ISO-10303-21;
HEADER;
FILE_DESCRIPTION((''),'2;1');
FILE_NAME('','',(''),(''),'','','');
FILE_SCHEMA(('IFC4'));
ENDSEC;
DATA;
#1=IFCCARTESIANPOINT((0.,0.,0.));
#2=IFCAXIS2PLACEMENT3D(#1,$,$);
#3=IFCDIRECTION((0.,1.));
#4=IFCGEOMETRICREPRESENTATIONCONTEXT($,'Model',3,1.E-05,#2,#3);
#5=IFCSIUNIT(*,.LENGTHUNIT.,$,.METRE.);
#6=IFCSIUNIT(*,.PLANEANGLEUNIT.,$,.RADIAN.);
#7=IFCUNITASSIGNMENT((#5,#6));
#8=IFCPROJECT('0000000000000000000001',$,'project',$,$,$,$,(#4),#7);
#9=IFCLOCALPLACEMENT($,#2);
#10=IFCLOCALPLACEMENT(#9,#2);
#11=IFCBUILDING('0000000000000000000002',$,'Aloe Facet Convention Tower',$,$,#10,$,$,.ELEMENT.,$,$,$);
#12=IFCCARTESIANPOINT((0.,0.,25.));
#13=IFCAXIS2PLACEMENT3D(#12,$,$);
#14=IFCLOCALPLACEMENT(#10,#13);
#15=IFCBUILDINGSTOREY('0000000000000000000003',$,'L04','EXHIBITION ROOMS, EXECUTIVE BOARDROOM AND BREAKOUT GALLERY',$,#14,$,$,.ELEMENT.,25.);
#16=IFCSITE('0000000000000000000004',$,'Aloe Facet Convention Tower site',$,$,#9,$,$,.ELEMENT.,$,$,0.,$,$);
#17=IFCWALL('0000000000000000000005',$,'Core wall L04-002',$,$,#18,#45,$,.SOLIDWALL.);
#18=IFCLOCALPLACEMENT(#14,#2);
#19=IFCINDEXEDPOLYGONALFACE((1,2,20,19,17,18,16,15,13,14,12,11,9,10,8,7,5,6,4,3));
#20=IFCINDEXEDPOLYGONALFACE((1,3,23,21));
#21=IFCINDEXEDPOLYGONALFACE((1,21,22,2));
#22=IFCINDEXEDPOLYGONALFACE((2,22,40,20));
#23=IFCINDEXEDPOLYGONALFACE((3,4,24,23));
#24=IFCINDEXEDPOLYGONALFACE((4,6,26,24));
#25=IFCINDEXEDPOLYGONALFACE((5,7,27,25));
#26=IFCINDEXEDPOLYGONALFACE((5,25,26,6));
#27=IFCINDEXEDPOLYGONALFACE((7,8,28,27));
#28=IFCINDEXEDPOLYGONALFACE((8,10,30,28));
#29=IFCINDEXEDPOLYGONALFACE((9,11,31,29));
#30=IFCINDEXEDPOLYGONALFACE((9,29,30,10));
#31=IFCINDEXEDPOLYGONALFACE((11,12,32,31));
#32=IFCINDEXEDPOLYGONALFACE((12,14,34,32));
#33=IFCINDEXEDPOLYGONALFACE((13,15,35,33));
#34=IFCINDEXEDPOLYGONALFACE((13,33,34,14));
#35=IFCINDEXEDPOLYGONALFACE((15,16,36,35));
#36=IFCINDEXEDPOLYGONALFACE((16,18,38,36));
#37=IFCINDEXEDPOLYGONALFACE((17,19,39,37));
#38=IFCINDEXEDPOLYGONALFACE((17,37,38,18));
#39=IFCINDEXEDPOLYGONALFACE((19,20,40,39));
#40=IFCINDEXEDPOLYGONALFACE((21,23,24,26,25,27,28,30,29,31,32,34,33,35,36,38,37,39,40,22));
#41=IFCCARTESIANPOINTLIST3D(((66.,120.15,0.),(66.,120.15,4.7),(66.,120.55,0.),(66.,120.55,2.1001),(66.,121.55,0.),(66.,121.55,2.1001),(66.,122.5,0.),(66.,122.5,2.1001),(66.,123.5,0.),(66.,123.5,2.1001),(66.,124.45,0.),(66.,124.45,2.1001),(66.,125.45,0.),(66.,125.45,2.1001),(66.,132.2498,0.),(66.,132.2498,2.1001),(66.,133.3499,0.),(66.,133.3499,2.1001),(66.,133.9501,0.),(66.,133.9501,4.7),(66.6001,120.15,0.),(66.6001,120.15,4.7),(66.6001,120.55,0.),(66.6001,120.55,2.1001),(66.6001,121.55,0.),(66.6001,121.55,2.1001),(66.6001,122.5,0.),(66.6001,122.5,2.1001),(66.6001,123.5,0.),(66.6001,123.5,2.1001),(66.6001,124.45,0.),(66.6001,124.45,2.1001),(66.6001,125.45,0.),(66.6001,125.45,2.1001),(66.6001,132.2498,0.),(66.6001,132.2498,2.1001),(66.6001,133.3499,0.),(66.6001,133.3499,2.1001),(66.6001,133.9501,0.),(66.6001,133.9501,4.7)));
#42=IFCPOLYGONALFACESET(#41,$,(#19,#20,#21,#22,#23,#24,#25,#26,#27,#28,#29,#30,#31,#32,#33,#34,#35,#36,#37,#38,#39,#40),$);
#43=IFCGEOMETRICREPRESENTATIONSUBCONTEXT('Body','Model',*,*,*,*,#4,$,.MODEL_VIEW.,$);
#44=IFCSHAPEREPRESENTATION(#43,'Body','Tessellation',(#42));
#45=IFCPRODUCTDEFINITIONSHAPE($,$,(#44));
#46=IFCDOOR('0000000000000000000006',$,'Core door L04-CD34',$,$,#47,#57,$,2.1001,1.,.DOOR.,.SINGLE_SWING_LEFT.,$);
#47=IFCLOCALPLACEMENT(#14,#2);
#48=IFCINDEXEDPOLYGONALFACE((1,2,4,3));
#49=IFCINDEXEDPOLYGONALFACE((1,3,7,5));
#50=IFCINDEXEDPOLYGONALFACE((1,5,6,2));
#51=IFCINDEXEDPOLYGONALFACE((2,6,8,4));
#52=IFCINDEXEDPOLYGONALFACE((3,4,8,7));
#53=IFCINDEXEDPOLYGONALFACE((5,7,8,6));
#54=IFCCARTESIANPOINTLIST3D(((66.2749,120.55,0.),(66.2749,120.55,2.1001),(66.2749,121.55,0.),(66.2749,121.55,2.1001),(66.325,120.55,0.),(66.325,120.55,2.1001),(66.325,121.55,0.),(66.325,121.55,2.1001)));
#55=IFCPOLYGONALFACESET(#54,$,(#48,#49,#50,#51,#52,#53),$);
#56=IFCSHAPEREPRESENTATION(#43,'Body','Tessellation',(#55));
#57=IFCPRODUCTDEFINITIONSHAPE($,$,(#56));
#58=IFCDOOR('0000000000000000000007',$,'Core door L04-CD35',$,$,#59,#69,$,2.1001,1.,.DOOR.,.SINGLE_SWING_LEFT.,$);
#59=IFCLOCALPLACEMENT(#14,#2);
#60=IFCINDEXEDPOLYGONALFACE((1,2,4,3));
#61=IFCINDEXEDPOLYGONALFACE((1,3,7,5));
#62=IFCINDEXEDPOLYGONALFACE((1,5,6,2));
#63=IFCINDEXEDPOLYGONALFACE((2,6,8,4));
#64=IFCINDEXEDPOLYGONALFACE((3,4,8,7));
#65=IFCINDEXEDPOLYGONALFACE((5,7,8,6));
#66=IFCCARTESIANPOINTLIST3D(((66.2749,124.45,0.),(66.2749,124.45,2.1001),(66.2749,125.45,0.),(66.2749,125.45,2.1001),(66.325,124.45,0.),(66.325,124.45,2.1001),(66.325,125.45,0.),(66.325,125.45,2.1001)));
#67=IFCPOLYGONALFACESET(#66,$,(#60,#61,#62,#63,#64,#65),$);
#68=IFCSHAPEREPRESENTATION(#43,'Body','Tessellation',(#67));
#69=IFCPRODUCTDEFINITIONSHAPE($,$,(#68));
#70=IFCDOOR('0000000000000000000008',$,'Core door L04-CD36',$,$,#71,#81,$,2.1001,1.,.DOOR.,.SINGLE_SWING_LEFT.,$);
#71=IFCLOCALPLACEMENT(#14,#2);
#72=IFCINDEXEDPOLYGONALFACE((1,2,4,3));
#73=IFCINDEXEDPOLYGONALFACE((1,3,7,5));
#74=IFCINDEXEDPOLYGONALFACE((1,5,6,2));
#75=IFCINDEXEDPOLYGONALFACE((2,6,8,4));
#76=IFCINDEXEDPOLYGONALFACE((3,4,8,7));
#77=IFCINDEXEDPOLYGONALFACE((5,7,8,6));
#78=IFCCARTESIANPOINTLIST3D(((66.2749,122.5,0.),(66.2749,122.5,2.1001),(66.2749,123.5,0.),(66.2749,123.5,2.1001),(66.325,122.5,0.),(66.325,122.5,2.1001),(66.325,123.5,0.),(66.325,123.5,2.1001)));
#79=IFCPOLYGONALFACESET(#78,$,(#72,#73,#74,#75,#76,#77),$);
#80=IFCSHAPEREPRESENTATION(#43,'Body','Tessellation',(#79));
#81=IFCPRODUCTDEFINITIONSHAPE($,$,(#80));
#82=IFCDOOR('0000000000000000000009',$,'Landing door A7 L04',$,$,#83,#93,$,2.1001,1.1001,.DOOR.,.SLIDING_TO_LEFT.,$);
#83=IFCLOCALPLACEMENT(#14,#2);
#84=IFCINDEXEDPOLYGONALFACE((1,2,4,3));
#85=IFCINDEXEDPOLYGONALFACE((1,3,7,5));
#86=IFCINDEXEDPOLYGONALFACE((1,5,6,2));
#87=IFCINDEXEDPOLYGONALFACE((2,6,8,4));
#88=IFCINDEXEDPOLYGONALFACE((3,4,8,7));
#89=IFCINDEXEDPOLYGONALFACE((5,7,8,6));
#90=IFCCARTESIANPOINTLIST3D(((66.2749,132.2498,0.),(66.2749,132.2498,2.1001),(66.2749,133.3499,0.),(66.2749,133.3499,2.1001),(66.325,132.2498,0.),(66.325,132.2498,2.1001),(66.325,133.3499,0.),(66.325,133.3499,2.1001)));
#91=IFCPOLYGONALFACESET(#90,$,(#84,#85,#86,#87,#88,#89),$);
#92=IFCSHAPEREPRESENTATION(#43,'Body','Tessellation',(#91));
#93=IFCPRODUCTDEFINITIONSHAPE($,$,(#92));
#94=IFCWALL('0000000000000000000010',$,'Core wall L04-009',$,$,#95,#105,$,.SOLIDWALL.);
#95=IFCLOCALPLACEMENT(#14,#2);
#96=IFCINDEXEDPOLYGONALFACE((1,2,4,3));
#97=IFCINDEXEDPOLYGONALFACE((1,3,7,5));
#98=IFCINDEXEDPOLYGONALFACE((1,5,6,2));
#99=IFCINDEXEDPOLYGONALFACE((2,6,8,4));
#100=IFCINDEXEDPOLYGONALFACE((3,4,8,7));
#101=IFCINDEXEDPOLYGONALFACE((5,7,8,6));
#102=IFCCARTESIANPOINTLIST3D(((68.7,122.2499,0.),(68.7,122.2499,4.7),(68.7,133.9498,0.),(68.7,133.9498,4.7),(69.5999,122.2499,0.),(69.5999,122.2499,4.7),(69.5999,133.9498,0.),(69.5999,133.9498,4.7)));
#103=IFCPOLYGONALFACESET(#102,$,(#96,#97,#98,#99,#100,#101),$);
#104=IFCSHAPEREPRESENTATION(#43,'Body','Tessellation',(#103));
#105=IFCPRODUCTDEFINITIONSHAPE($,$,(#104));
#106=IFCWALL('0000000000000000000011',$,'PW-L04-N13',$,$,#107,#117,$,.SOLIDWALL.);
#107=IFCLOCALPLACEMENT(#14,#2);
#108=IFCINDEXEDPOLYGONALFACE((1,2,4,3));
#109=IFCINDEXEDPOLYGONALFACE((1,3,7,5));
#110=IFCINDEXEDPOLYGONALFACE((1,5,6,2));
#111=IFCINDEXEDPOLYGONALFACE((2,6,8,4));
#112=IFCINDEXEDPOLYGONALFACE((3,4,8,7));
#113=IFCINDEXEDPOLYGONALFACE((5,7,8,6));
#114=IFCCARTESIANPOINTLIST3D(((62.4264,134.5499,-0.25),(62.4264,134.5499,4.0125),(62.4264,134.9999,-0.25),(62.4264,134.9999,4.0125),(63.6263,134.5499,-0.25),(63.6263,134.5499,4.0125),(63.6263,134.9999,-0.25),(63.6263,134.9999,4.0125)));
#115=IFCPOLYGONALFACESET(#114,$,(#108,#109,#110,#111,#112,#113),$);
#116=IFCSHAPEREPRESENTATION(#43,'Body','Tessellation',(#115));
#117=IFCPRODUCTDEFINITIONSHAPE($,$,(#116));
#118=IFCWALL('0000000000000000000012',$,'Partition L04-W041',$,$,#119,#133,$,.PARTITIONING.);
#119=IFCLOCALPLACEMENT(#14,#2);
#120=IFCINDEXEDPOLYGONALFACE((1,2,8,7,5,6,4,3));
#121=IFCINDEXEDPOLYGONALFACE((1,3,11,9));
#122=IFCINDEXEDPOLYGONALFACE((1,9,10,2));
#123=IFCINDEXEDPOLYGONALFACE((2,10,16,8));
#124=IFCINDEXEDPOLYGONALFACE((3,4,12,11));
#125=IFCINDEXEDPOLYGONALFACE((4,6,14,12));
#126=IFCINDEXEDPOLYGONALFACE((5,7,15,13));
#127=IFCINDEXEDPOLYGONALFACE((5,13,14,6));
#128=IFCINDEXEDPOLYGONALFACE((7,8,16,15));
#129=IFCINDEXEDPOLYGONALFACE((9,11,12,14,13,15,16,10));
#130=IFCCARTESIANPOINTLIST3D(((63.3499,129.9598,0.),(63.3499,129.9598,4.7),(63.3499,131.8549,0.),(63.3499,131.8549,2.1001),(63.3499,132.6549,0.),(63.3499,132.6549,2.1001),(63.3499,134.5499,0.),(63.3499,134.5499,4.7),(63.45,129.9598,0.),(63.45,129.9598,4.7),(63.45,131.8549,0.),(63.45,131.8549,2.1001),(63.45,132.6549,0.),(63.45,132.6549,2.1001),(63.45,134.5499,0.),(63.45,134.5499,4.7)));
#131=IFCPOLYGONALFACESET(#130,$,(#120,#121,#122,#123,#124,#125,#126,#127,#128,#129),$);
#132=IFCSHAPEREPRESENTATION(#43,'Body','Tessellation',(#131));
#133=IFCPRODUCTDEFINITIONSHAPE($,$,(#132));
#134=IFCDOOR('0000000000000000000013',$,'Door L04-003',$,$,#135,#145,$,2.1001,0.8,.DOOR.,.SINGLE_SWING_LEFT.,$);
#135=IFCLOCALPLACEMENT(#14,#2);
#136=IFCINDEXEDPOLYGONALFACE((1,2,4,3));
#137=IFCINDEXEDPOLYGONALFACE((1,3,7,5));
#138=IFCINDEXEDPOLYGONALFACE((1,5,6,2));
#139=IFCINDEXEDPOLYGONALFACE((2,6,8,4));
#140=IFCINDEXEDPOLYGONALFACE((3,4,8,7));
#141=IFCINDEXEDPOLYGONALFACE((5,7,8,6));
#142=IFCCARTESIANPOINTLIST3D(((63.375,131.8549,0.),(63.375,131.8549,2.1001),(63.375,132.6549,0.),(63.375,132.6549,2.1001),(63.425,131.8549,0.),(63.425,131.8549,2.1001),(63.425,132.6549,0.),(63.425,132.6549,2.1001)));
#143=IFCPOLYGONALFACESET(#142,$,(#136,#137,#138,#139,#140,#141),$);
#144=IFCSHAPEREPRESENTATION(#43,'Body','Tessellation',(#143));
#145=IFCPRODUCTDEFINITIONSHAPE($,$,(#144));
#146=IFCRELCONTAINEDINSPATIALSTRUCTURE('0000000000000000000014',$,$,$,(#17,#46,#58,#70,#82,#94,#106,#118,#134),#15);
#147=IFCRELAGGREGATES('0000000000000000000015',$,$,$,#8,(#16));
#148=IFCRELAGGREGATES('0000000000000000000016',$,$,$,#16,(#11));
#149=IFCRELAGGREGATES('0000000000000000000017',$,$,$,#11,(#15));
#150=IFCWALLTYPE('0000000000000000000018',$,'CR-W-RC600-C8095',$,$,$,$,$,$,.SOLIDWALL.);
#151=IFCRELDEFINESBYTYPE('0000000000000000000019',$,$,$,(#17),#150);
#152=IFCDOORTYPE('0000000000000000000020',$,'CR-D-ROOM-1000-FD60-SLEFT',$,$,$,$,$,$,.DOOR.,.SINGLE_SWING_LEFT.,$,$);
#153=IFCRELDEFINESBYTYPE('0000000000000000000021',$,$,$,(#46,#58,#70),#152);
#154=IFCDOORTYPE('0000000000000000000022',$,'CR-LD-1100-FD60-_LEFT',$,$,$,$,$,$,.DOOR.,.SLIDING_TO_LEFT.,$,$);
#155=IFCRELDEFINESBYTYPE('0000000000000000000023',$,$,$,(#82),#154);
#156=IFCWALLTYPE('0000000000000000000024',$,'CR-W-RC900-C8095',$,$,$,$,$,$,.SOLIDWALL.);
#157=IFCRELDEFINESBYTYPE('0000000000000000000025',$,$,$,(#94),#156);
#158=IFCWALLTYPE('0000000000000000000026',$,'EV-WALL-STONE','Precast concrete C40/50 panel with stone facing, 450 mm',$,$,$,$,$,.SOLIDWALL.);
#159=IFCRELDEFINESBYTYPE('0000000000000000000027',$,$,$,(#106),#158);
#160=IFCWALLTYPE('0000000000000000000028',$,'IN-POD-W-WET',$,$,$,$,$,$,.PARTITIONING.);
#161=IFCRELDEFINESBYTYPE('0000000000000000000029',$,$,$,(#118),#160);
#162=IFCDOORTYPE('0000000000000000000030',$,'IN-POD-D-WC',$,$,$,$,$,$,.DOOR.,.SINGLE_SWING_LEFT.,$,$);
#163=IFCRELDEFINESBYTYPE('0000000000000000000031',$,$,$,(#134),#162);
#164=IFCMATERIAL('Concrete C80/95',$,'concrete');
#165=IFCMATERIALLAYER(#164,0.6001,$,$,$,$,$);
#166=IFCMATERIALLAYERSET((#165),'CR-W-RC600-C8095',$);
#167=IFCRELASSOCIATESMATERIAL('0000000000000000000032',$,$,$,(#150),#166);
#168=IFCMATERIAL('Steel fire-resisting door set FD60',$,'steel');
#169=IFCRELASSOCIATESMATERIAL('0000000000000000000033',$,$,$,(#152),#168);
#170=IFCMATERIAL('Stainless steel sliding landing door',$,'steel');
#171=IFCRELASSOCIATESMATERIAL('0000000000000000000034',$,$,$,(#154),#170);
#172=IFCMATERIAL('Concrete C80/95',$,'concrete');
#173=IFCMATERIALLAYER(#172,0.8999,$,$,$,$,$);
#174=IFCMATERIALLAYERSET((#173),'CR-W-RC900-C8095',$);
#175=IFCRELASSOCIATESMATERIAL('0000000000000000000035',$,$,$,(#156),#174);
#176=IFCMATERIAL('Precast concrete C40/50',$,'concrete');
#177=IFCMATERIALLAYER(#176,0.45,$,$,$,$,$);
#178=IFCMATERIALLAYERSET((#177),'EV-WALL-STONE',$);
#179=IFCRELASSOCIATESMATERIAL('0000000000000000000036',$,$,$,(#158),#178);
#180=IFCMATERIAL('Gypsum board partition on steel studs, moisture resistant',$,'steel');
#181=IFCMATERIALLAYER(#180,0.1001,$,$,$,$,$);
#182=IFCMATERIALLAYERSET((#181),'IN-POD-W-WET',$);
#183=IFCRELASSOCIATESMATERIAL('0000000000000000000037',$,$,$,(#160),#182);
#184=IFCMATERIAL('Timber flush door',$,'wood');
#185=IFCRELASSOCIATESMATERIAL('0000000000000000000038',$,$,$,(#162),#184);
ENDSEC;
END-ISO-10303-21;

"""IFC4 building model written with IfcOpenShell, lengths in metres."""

from ifc_helpers import new_model, si_unit, direction, frame, frame_2d, origin, place, context, subcontext, project, spatial, rectangle, extrude, material, layer, layer_set, type_object, element, fill, save


model = new_model("IFC4")

# Units and contexts
model_context = context("Model", 3, precision=1e-05, world=origin(), true_north=direction((0.0, 1.0)))
body_context = subcontext(model_context, "Body", "Model", "MODEL_VIEW")
ifc_project = project(units=[si_unit("LENGTHUNIT", "METRE"), si_unit("PLANEANGLEUNIT", "RADIAN")], contexts=[model_context])

# Site, building, storey
site_placement = place(None, origin())
site = spatial("IfcSite", under=ifc_project, at=site_placement, Name="Aloe Facet Convention Tower site", CompositionType="ELEMENT", RefElevation=0.0)
building_placement = place(site_placement, origin())
building = spatial("IfcBuilding", under=site, at=building_placement, Name="Aloe Facet Convention Tower", CompositionType="ELEMENT")
storey_placement = place(building_placement, frame((0.0, 0.0, 25.0)))
storey = spatial("IfcBuildingStorey", under=building, at=storey_placement, Name="L04", Description="EXHIBITION ROOMS, EXECUTIVE BOARDROOM AND BREAKOUT GALLERY", CompositionType="ELEMENT", Elevation=25.0)

# Shared definitions
ifc_material_1 = material(Name="Concrete C80/95", Category="concrete")
ifc_layer_1 = layer(ifc_material_1, 0.6001)
ifc_layer_set_1 = layer_set([ifc_layer_1], Name="CR-W-RC600-C8095")
wall_type_1 = type_object("IfcWallType", Name="CR-W-RC600-C8095", PredefinedType="SOLIDWALL", material=ifc_layer_set_1)

# Wall, openings, doors
wall_1_placement = place(storey_placement, frame((66.3, 133.95, 0.0), z_axis=(0.0, 0.0, 1.0), x_axis=(0.0, -1.0, 0.0)))
wall_1 = element("IfcWall", 1, at=wall_1_placement, inside=storey, type_object=wall_type_1, Name="Core wall L04-002", PredefinedType="SOLIDWALL", context=body_context, shape_type="SweptSolid", body=[
    extrude(rectangle(XDim=13.8, YDim=0.6001, at=frame_2d((6.8999, 0.0))), origin(), (0.0, 0.0, 1.0), 4.7),
])
opening_1_placement = place(wall_1_placement, frame((0.6001, 0.0, 0.0)))
opening_1 = element("IfcOpeningElement", 2, at=opening_1_placement, cuts=wall_1, PredefinedType="OPENING", context=body_context, shape_type="SweptSolid", body=[
    extrude(rectangle(XDim=1.1001, YDim=2.1001, at=frame_2d((0.55, 1.05))), frame((0.0, 0.3101, 0.0), z_axis=(0.0, -1.0, 0.0), x_axis=(1.0, 0.0, 0.0)), (0.0, 0.0, 1.0), 0.6201),
])
opening_2_placement = place(wall_1_placement, frame((12.3999, 0.0, 0.0)))
opening_2 = element("IfcOpeningElement", 3, at=opening_2_placement, cuts=wall_1, PredefinedType="OPENING", context=body_context, shape_type="SweptSolid", body=[
    extrude(rectangle(XDim=1.0, YDim=2.1001, at=frame_2d((0.5, 1.05))), frame((0.0, 0.3101, 0.0), z_axis=(0.0, -1.0, 0.0), x_axis=(1.0, 0.0, 0.0)), (0.0, 0.0, 1.0), 0.6201),
])
opening_3_placement = place(wall_1_placement, frame((8.5, 0.0, 0.0)))
opening_3 = element("IfcOpeningElement", 4, at=opening_3_placement, cuts=wall_1, PredefinedType="OPENING", context=body_context, shape_type="SweptSolid", body=[
    extrude(rectangle(XDim=1.0, YDim=2.1001, at=frame_2d((0.5, 1.05))), frame((0.0, 0.3101, 0.0), z_axis=(0.0, -1.0, 0.0), x_axis=(1.0, 0.0, 0.0)), (0.0, 0.0, 1.0), 0.6201),
])
opening_4_placement = place(wall_1_placement, frame((10.45, 0.0, 0.0)))
opening_4 = element("IfcOpeningElement", 5, at=opening_4_placement, cuts=wall_1, PredefinedType="OPENING", context=body_context, shape_type="SweptSolid", body=[
    extrude(rectangle(XDim=1.0, YDim=2.1001, at=frame_2d((0.5, 1.05))), frame((0.0, 0.3101, 0.0), z_axis=(0.0, -1.0, 0.0), x_axis=(1.0, 0.0, 0.0)), (0.0, 0.0, 1.0), 0.6201),
])
ifc_material_2 = material(Name="Steel fire-resisting door set FD60", Category="steel")
door_type_1 = type_object("IfcDoorType", Name="CR-D-ROOM-1000-FD60-SLEFT", OperationType="SINGLE_SWING_LEFT", PredefinedType="DOOR", material=ifc_material_2)
door_1_placement = place(opening_2_placement, origin())
door_1 = element("IfcDoor", 6, at=door_1_placement, inside=storey, type_object=door_type_1, Name="Core door L04-CD34", OperationType="SINGLE_SWING_LEFT", OverallHeight=2.1001, OverallWidth=1.0, PredefinedType="DOOR", context=body_context, shape_type="SweptSolid", body=[
    extrude(rectangle(XDim=1.0, YDim=2.1001, at=frame_2d((0.5, 1.05))), frame((0.0, 0.0249, 0.0), z_axis=(0.0, -1.0, 0.0), x_axis=(1.0, 0.0, 0.0)), (0.0, 0.0, 1.0), 0.05),
])
fill(opening_2, door_1)
door_2_placement = place(opening_3_placement, origin())
door_2 = element("IfcDoor", 7, at=door_2_placement, inside=storey, type_object=door_type_1, Name="Core door L04-CD35", OperationType="SINGLE_SWING_LEFT", OverallHeight=2.1001, OverallWidth=1.0, PredefinedType="DOOR", context=body_context, shape_type="SweptSolid", body=[
    extrude(rectangle(XDim=1.0, YDim=2.1001, at=frame_2d((0.5, 1.05))), frame((0.0, 0.0249, 0.0), z_axis=(0.0, -1.0, 0.0), x_axis=(1.0, 0.0, 0.0)), (0.0, 0.0, 1.0), 0.05),
])
fill(opening_3, door_2)
door_3_placement = place(opening_4_placement, origin())
door_3 = element("IfcDoor", 8, at=door_3_placement, inside=storey, type_object=door_type_1, Name="Core door L04-CD36", OperationType="SINGLE_SWING_LEFT", OverallHeight=2.1001, OverallWidth=1.0, PredefinedType="DOOR", context=body_context, shape_type="SweptSolid", body=[
    extrude(rectangle(XDim=1.0, YDim=2.1001, at=frame_2d((0.5, 1.05))), frame((0.0, 0.0249, 0.0), z_axis=(0.0, -1.0, 0.0), x_axis=(1.0, 0.0, 0.0)), (0.0, 0.0, 1.0), 0.05),
])
fill(opening_4, door_3)
ifc_material_3 = material(Name="Stainless steel sliding landing door", Category="steel")
door_type_2 = type_object("IfcDoorType", Name="CR-LD-1100-FD60-_LEFT", OperationType="SLIDING_TO_LEFT", PredefinedType="DOOR", material=ifc_material_3)
door_4_placement = place(opening_1_placement, origin())
door_4 = element("IfcDoor", 9, at=door_4_placement, inside=storey, type_object=door_type_2, Name="Landing door A7 L04", OperationType="SLIDING_TO_LEFT", OverallHeight=2.1001, OverallWidth=1.1001, PredefinedType="DOOR", context=body_context, shape_type="SweptSolid", body=[
    extrude(rectangle(XDim=1.1001, YDim=2.1001, at=frame_2d((0.55, 1.05))), frame((0.0, 0.0249, 0.0), z_axis=(0.0, -1.0, 0.0), x_axis=(1.0, 0.0, 0.0)), (0.0, 0.0, 1.0), 0.05),
])
fill(opening_1, door_4)

# Walls
ifc_material_4 = material(Name="Concrete C80/95", Category="concrete")
ifc_layer_2 = layer(ifc_material_4, 0.8999)
ifc_layer_set_2 = layer_set([ifc_layer_2], Name="CR-W-RC900-C8095")
wall_type_2 = type_object("IfcWallType", Name="CR-W-RC900-C8095", PredefinedType="SOLIDWALL", material=ifc_layer_set_2)
wall_2_placement = place(storey_placement, frame((69.1499, 133.95, 0.0), z_axis=(0.0, 0.0, 1.0), x_axis=(0.0, -1.0, 0.0)))
element("IfcWall", 10, at=wall_2_placement, inside=storey, type_object=wall_type_2, Name="Core wall L04-009", PredefinedType="SOLIDWALL", context=body_context, shape_type="SweptSolid", body=[
    extrude(rectangle(XDim=11.7, YDim=0.8999, at=frame_2d((5.8501, 0.0))), origin(), (0.0, 0.0, 1.0), 4.7),
])
ifc_material_5 = material(Name="Precast concrete C40/50", Category="concrete")
ifc_layer_3 = layer(ifc_material_5, 0.45)
ifc_layer_set_3 = layer_set([ifc_layer_3], Name="EV-WALL-STONE")
wall_type_3 = type_object("IfcWallType", Name="EV-WALL-STONE", Description="Precast concrete C40/50 panel with stone facing, 450 mm", PredefinedType="SOLIDWALL", material=ifc_layer_set_3)
wall_3_placement = place(storey_placement, frame((63.6265, 134.7749, -0.25), z_axis=(0.0, 0.0, 1.0), x_axis=(-1.0, 0.0, 0.0)))
element("IfcWall", 11, at=wall_3_placement, inside=storey, type_object=wall_type_3, Name="PW-L04-N13", PredefinedType="SOLIDWALL", context=body_context, shape_type="SweptSolid", body=[
    extrude(rectangle(XDim=1.2, YDim=0.45, at=frame_2d((0.6001, 0.0))), origin(), (0.0, 0.0, 1.0), 4.2625),
])

# Wall, opening, door
ifc_material_6 = material(Name="Gypsum board partition on steel studs, moisture resistant", Category="steel")
ifc_layer_4 = layer(ifc_material_6, 0.1001)
ifc_layer_set_4 = layer_set([ifc_layer_4], Name="IN-POD-W-WET")
wall_type_4 = type_object("IfcWallType", Name="IN-POD-W-WET", PredefinedType="PARTITIONING", material=ifc_layer_set_4)
wall_4_placement = place(storey_placement, frame((63.3999, 129.96, 0.0), z_axis=(0.0, 0.0, 1.0), x_axis=(0.0, 1.0, 0.0)))
wall_4 = element("IfcWall", 12, at=wall_4_placement, inside=storey, type_object=wall_type_4, Name="Partition L04-W041", PredefinedType="PARTITIONING", context=body_context, shape_type="SweptSolid", body=[
    extrude(rectangle(XDim=4.5901, YDim=0.1001, at=frame_2d((2.2949, 0.0))), origin(), (0.0, 0.0, 1.0), 4.7),
])
opening_5_placement = place(wall_4_placement, frame((1.895, 0.0, 0.0)))
opening_5 = element("IfcOpeningElement", 13, at=opening_5_placement, cuts=wall_4, PredefinedType="OPENING", context=body_context, shape_type="SweptSolid", body=[
    extrude(rectangle(XDim=0.8, YDim=2.1001, at=frame_2d((0.3999, 1.05))), frame((0.0, 0.0601, 0.0), z_axis=(0.0, -1.0, 0.0), x_axis=(1.0, 0.0, 0.0)), (0.0, 0.0, 1.0), 0.1201),
])
ifc_material_7 = material(Name="Timber flush door", Category="wood")
door_type_3 = type_object("IfcDoorType", Name="IN-POD-D-WC", OperationType="SINGLE_SWING_LEFT", PredefinedType="DOOR", material=ifc_material_7)
door_5_placement = place(opening_5_placement, origin())
door_5 = element("IfcDoor", 14, at=door_5_placement, inside=storey, type_object=door_type_3, Name="Door L04-003", OperationType="SINGLE_SWING_LEFT", OverallHeight=2.1001, OverallWidth=0.8, PredefinedType="DOOR", context=body_context, shape_type="SweptSolid", body=[
    extrude(rectangle(XDim=0.8, YDim=2.1001, at=frame_2d((0.3999, 1.05))), frame((0.0, 0.0249, 0.0), z_axis=(0.0, -1.0, 0.0), x_axis=(1.0, 0.0, 0.0)), (0.0, 0.0, 1.0), 0.05),
])
fill(opening_5, door_5)

save(model, "model.ifc")
